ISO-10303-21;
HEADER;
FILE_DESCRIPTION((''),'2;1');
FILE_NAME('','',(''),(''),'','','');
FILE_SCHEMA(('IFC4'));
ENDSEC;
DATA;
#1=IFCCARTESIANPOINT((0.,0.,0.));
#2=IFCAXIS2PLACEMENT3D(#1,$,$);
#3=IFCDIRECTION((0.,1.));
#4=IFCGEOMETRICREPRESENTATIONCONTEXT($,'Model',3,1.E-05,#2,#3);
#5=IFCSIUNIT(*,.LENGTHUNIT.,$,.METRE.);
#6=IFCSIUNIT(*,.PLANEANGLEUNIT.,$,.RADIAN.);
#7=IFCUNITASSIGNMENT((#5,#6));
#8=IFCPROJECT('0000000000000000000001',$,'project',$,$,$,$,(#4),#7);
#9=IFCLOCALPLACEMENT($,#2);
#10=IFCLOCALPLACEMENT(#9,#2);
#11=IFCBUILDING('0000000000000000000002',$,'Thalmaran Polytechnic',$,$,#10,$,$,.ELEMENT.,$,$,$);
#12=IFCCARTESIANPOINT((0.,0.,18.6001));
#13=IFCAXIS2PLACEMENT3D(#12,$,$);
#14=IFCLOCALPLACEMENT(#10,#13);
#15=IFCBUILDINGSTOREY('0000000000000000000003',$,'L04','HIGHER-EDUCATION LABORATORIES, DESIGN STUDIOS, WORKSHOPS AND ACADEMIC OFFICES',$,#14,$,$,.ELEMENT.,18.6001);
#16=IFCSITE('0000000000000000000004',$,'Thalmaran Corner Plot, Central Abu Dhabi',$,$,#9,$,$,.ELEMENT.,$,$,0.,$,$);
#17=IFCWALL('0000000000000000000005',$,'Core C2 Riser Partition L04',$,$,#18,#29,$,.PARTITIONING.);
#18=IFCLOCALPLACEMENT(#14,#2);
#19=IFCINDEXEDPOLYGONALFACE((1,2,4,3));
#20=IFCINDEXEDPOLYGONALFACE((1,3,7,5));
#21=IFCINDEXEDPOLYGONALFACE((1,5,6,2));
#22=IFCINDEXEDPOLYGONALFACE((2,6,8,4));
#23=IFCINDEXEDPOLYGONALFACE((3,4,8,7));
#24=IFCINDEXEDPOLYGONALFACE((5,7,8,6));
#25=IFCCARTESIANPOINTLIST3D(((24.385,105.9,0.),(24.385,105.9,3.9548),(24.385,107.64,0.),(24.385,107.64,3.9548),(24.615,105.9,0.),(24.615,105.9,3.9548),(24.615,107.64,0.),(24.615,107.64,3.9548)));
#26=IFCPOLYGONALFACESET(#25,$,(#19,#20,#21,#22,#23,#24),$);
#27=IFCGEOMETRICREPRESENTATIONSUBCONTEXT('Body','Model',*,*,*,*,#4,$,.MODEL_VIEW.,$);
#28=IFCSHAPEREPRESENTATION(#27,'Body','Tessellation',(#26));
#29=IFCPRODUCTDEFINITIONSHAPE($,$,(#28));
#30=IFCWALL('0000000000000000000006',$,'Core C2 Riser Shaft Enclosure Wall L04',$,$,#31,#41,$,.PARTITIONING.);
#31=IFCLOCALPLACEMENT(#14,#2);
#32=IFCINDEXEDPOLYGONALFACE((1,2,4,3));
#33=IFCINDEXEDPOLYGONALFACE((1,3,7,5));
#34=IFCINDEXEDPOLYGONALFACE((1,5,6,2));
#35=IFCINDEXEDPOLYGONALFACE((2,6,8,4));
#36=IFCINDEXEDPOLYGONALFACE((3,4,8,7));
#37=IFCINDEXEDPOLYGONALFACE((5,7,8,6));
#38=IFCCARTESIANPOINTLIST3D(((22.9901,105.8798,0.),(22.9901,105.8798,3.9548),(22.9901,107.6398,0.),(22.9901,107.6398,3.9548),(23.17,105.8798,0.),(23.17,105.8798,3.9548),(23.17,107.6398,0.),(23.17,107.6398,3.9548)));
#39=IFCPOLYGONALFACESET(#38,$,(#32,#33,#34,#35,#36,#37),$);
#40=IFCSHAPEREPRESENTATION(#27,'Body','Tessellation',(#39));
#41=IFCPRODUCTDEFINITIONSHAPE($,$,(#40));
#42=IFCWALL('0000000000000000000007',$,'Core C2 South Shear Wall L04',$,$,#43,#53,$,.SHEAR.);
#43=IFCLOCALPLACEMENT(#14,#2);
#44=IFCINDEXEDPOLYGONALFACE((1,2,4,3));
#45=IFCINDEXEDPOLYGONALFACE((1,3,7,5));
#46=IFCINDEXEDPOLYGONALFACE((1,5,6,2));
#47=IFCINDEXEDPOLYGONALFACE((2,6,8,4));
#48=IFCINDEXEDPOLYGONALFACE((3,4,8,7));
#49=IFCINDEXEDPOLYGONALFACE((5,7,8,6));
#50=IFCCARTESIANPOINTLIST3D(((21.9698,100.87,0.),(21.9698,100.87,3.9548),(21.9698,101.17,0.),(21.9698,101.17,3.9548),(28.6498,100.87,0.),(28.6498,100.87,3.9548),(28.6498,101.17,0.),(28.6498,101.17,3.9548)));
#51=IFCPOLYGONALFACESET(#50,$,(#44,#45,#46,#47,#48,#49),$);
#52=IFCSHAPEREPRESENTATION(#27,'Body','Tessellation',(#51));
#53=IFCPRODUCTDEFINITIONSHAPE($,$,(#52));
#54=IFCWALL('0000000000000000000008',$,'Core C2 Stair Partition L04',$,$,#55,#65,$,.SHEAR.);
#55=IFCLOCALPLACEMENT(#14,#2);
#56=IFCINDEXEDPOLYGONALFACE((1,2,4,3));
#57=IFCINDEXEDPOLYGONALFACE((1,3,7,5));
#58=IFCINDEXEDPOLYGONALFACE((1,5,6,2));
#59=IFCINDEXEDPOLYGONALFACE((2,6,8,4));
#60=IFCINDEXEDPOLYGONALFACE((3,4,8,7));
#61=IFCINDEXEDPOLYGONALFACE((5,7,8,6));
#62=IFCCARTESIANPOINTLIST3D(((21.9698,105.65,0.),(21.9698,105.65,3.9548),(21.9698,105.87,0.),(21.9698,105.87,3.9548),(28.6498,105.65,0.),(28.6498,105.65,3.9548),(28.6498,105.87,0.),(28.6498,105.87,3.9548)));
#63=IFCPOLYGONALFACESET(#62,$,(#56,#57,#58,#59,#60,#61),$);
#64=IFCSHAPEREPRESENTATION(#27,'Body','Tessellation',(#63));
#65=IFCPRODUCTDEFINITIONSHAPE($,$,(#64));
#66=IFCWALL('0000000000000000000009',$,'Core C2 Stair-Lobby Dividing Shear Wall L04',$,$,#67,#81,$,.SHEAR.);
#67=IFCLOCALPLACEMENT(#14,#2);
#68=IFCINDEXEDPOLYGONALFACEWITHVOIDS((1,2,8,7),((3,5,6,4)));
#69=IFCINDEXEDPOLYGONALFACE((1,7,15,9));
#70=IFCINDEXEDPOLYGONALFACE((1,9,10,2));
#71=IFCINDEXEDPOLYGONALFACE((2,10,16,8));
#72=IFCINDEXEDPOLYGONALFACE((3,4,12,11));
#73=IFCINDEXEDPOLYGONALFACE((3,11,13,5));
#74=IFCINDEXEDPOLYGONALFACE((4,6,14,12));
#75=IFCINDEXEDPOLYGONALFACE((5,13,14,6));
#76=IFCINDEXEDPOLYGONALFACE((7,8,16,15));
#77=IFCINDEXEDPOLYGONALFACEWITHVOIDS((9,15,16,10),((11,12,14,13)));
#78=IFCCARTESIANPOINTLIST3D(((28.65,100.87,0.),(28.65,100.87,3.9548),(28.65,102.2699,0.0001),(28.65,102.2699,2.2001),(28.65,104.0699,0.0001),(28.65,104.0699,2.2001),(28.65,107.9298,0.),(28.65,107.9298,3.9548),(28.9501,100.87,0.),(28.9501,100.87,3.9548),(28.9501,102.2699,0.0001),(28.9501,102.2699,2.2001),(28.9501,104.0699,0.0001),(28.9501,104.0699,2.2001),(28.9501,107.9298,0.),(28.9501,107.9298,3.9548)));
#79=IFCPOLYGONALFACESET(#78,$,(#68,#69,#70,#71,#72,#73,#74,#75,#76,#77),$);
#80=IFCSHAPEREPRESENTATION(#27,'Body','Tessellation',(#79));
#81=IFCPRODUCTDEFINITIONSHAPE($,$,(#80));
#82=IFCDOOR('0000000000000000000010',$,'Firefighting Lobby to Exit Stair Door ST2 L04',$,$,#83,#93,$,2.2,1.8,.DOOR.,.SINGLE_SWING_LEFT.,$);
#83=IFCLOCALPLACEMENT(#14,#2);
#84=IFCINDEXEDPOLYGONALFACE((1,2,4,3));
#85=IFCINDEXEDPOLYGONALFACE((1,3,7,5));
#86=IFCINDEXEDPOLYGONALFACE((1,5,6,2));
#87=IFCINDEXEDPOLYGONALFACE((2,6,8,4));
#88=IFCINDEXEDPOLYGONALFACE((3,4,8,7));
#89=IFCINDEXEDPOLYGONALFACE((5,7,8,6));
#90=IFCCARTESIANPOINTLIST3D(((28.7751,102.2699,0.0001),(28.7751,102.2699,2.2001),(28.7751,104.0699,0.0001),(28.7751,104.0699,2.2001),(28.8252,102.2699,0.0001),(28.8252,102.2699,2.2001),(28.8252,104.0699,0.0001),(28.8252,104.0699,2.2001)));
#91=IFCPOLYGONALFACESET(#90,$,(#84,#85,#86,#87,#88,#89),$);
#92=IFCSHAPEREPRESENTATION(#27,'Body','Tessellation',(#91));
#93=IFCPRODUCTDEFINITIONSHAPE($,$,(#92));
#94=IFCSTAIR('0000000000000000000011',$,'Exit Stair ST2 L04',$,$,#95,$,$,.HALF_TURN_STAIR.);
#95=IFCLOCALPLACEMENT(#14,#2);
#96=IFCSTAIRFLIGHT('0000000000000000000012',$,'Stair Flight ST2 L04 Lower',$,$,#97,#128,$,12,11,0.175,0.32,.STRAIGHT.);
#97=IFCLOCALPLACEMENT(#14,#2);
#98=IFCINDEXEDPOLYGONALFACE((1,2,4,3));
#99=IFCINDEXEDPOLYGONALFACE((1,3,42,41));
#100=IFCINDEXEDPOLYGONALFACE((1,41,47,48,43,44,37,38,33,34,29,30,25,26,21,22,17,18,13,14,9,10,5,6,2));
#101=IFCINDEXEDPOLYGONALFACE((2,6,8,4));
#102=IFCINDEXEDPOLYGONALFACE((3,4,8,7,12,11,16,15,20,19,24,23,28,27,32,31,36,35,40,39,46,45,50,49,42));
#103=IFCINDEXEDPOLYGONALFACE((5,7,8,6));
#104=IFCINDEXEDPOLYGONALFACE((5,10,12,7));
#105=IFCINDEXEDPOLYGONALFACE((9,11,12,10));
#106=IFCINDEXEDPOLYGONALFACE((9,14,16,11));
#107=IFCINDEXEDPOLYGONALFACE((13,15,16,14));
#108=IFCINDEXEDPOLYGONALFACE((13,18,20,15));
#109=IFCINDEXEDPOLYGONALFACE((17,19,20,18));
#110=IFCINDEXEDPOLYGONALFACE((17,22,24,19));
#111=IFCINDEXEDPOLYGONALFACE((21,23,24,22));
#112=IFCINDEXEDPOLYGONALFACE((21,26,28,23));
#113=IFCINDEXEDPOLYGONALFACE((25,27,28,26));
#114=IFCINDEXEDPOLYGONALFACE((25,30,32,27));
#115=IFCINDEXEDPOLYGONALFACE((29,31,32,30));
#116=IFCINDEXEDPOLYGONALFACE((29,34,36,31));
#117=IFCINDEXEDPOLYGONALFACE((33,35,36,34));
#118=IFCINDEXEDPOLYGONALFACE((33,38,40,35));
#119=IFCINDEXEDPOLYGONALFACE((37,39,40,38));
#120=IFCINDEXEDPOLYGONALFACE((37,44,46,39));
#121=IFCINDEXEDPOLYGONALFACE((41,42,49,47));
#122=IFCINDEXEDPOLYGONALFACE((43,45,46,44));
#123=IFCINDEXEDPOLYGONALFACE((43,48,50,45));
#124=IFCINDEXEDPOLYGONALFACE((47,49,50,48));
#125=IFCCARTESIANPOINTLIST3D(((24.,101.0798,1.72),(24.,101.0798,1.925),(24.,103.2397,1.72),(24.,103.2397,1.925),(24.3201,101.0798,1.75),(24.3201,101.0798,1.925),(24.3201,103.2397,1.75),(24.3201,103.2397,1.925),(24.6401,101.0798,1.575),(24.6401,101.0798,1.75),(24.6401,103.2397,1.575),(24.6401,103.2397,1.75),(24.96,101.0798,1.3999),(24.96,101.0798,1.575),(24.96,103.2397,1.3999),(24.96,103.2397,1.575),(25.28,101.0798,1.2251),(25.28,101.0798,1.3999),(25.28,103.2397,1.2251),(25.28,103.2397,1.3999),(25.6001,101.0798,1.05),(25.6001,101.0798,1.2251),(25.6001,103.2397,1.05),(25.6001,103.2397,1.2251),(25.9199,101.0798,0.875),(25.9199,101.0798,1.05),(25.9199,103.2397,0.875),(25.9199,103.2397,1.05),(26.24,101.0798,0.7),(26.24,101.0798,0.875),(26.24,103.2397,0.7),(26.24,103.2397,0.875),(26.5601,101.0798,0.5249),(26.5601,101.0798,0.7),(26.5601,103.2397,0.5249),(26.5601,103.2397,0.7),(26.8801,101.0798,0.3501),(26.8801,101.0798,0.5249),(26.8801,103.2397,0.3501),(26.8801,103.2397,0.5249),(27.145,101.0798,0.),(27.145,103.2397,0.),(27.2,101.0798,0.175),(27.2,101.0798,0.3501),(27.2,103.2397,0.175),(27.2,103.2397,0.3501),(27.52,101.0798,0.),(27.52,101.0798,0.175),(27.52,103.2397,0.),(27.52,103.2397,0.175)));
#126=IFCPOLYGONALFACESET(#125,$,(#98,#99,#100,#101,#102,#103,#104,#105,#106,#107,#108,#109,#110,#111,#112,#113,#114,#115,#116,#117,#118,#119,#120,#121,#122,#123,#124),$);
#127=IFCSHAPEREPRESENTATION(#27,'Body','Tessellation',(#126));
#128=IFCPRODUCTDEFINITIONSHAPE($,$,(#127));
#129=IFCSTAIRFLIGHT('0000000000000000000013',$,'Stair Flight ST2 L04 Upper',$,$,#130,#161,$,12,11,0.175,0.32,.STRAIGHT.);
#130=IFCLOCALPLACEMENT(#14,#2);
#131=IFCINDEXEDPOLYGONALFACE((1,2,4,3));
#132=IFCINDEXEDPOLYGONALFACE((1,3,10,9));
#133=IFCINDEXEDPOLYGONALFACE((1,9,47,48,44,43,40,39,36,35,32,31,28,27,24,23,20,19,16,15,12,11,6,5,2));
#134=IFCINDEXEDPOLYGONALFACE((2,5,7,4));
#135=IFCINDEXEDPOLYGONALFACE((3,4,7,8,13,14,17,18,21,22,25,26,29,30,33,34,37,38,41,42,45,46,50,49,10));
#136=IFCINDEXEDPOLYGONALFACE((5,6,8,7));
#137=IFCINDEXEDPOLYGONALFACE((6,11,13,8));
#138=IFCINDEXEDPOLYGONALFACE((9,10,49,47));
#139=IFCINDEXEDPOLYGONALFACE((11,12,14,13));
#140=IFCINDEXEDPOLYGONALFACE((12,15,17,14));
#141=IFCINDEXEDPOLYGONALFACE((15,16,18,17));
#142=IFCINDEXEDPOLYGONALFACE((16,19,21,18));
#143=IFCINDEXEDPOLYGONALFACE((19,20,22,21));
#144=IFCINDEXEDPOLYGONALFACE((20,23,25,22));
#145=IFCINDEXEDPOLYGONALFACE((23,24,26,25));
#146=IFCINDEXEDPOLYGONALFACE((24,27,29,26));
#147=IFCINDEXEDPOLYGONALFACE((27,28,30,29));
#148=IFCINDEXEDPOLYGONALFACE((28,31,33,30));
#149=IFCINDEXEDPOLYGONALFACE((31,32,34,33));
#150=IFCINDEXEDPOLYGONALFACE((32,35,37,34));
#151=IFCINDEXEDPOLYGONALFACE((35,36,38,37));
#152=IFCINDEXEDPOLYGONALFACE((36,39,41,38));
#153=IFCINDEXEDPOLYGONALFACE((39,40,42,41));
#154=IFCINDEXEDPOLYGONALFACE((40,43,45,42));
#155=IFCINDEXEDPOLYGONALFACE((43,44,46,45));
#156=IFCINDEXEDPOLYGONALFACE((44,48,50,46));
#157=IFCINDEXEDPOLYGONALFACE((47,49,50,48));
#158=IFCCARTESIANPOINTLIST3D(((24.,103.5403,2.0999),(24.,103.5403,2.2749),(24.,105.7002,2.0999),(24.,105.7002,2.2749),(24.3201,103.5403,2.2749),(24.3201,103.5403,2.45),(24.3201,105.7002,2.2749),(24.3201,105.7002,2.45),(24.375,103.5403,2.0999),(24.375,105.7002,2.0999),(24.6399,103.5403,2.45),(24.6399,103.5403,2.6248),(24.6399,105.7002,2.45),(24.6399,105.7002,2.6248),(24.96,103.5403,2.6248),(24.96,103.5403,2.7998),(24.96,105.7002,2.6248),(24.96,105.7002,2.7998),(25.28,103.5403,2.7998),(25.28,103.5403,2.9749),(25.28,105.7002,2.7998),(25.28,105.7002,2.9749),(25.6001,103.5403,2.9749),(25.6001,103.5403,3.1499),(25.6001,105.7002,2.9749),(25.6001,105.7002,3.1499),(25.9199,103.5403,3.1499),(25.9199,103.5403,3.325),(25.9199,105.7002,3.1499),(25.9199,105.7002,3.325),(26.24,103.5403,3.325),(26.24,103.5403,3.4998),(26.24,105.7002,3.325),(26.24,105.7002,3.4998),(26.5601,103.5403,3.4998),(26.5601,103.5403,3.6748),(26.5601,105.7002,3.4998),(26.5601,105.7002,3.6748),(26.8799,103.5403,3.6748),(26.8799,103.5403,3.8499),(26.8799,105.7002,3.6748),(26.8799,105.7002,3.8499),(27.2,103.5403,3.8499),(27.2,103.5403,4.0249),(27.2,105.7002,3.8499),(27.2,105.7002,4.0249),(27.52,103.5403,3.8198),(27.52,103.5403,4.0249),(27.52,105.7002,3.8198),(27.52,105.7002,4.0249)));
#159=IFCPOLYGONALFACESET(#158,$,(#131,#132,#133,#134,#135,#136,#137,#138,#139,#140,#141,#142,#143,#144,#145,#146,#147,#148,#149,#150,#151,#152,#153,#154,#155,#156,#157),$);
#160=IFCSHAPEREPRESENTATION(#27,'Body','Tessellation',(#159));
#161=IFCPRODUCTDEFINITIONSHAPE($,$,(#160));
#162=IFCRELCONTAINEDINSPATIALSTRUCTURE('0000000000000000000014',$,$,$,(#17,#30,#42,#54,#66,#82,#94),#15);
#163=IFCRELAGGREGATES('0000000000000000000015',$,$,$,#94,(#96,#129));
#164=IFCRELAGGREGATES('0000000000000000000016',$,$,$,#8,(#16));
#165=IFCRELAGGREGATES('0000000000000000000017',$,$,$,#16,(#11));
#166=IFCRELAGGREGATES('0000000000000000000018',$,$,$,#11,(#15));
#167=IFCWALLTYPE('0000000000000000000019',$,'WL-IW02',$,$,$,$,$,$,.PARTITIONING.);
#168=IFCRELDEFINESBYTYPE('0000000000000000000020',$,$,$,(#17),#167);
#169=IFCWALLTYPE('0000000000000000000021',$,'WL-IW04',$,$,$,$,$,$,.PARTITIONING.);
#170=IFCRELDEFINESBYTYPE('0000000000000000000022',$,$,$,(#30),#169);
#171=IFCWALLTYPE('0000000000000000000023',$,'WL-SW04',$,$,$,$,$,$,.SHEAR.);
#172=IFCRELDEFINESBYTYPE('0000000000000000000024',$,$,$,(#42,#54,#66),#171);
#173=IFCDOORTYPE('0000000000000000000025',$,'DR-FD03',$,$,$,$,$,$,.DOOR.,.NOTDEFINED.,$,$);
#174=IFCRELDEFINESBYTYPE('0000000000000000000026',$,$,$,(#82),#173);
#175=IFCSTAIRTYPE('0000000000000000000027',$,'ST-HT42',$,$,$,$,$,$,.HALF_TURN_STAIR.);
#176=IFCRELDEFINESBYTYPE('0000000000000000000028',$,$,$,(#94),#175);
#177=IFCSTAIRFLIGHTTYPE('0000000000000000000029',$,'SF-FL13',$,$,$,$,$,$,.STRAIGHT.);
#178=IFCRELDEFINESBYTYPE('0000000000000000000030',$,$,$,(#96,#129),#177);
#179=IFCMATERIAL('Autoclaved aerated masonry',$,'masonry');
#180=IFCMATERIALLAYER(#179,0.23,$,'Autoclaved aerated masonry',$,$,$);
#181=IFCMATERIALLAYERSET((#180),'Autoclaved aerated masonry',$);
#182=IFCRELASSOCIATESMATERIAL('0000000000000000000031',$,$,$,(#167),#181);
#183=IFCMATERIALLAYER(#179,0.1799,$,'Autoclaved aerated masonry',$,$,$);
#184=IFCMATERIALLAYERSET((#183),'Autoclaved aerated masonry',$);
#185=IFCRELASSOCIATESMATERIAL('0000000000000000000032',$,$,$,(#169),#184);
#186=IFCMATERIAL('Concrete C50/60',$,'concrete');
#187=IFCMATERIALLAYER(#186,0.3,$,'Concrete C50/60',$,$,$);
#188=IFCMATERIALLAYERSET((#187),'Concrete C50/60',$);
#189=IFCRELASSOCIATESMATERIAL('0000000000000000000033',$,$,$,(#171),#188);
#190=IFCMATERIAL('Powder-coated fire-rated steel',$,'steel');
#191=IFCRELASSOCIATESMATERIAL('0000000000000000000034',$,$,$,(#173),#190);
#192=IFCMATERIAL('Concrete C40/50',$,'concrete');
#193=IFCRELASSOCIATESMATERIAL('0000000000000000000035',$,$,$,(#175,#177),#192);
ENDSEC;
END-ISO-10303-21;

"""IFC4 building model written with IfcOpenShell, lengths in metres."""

from ifc_helpers import new_model, si_unit, direction, frame, frame_2d, origin, place, context, subcontext, project, spatial, polyline, rectangle, outline, extrude, material, layer, layer_set, type_object, element, fill, aggregate, save


model = new_model("IFC4")

# Units and contexts
model_context = context("Model", 3, precision=1e-05, world=origin(), true_north=direction((0.0, 1.0)))
body_context = subcontext(model_context, "Body", "Model", "MODEL_VIEW")
ifc_project = project(units=[si_unit("LENGTHUNIT", "METRE"), si_unit("PLANEANGLEUNIT", "RADIAN")], contexts=[model_context])

# Site, building, storey
site_placement = place(None, origin())
site = spatial("IfcSite", under=ifc_project, at=site_placement, Name="Thalmaran Corner Plot, Central Abu Dhabi", CompositionType="ELEMENT", RefElevation=0.0)
building_placement = place(site_placement, origin())
building = spatial("IfcBuilding", under=site, at=building_placement, Name="Thalmaran Polytechnic", CompositionType="ELEMENT")
storey_placement = place(building_placement, frame((0.0, 0.0, 18.6001)))
storey = spatial("IfcBuildingStorey", under=building, at=storey_placement, Name="L04", Description="HIGHER-EDUCATION LABORATORIES, DESIGN STUDIOS, WORKSHOPS AND ACADEMIC OFFICES", CompositionType="ELEMENT", Elevation=18.6001)

# Shared definitions
ifc_material_1 = material(Name="Concrete C40/50", Category="concrete")

# Walls
ifc_material_2 = material(Name="Autoclaved aerated masonry", Category="masonry")
ifc_layer_1 = layer(ifc_material_2, 0.23, Name="Autoclaved aerated masonry")
ifc_layer_set_1 = layer_set([ifc_layer_1], Name="Autoclaved aerated masonry")
wall_type_1 = type_object("IfcWallType", Name="WL-IW02", PredefinedType="PARTITIONING", material=ifc_layer_set_1)
wall_1_placement = place(storey_placement, frame((24.5, 105.8999, 0.0), z_axis=(0.0, 0.0, 1.0), x_axis=(0.0, 1.0, 0.0)))
element("IfcWall", 1, at=wall_1_placement, inside=storey, type_object=wall_type_1, Name="Core C2 Riser Partition L04", PredefinedType="PARTITIONING", context=body_context, shape_type="SweptSolid", body=[
    extrude(rectangle(XDim=1.74, YDim=0.23, at=frame_2d((0.8701, 0.0))), origin(), (0.0, 0.0, 1.0), 3.9548),
])
ifc_layer_2 = layer(ifc_material_2, 0.1799, Name="Autoclaved aerated masonry")
ifc_layer_set_2 = layer_set([ifc_layer_2], Name="Autoclaved aerated masonry")
wall_type_2 = type_object("IfcWallType", Name="WL-IW04", PredefinedType="PARTITIONING", material=ifc_layer_set_2)
wall_2_placement = place(storey_placement, frame((23.0801, 105.8799, 0.0), z_axis=(0.0, 0.0, 1.0), x_axis=(0.0, 1.0, 0.0)))
element("IfcWall", 2, at=wall_2_placement, inside=storey, type_object=wall_type_2, Name="Core C2 Riser Shaft Enclosure Wall L04", PredefinedType="PARTITIONING", context=body_context, shape_type="SweptSolid", body=[
    extrude(rectangle(XDim=1.76, YDim=0.1799, at=frame_2d((0.8799, 0.0))), origin(), (0.0, 0.0, 1.0), 3.9548),
])
ifc_material_3 = material(Name="Concrete C50/60", Category="concrete")
ifc_layer_3 = layer(ifc_material_3, 0.3, Name="Concrete C50/60")
ifc_layer_set_3 = layer_set([ifc_layer_3], Name="Concrete C50/60")
wall_type_3 = type_object("IfcWallType", Name="WL-SW04", PredefinedType="SHEAR", material=ifc_layer_set_3)
wall_3_placement = place(storey_placement, frame((21.97, 101.02, 0.0), z_axis=(0.0, 0.0, 1.0), x_axis=(1.0, 0.0, 0.0)))
element("IfcWall", 3, at=wall_3_placement, inside=storey, type_object=wall_type_3, Name="Core C2 South Shear Wall L04", PredefinedType="SHEAR", context=body_context, shape_type="SweptSolid", body=[
    extrude(rectangle(XDim=6.6799, YDim=0.3, at=frame_2d((3.3398, 0.0))), origin(), (0.0, 0.0, 1.0), 3.9548),
])

# Shared definitions
ifc_material_4 = material(Name="Powder-coated fire-rated steel", Category="steel")

# Wall
wall_4_placement = place(storey_placement, frame((21.97, 105.76, 0.0), z_axis=(0.0, 0.0, 1.0), x_axis=(1.0, 0.0, 0.0)))
element("IfcWall", 4, at=wall_4_placement, inside=storey, type_object=wall_type_3, Name="Core C2 Stair Partition L04", PredefinedType="SHEAR", context=body_context, shape_type="SweptSolid", body=[
    extrude(rectangle(XDim=6.6799, YDim=0.22, at=frame_2d((3.3398, 0.0))), origin(), (0.0, 0.0, 1.0), 3.9548),
])

# Wall, opening, door
wall_5_placement = place(storey_placement, frame((28.8, 100.8701, 0.0), z_axis=(0.0, 0.0, 1.0), x_axis=(0.0, 1.0, 0.0)))
wall_5 = element("IfcWall", 5, at=wall_5_placement, inside=storey, type_object=wall_type_3, Name="Core C2 Stair-Lobby Dividing Shear Wall L04", PredefinedType="SHEAR", context=body_context, shape_type="SweptSolid", body=[
    extrude(rectangle(XDim=7.0598, YDim=0.3, at=frame_2d((3.5298, 0.0))), origin(), (0.0, 0.0, 1.0), 3.9548),
])
opening_1_placement = place(wall_5_placement, frame((1.3999, 0.0, 0.0)))
opening_1 = element("IfcOpeningElement", 6, at=opening_1_placement, cuts=wall_5, PredefinedType="OPENING", context=body_context, shape_type="SweptSolid", body=[
    extrude(rectangle(XDim=1.8, YDim=2.2, at=frame_2d((0.8999, 1.1001))), frame((0.0, 0.1599, 0.0), z_axis=(0.0, -1.0, 0.0), x_axis=(1.0, 0.0, 0.0)), (0.0, 0.0, 1.0), 0.3201),
])
door_type_1 = type_object("IfcDoorType", Name="DR-FD03", OperationType="NOTDEFINED", PredefinedType="DOOR", material=ifc_material_4)
door_1_placement = place(opening_1_placement, origin())
door_1 = element("IfcDoor", 7, at=door_1_placement, inside=storey, type_object=door_type_1, Name="Firefighting Lobby to Exit Stair Door ST2 L04", OperationType="SINGLE_SWING_LEFT", OverallHeight=2.2, OverallWidth=1.8, PredefinedType="DOOR", context=body_context, shape_type="SweptSolid", body=[
    extrude(rectangle(XDim=1.8, YDim=2.2, at=frame_2d((0.8999, 1.1001))), frame((0.0, 0.0249, 0.0), z_axis=(0.0, -1.0, 0.0), x_axis=(1.0, 0.0, 0.0)), (0.0, 0.0, 1.0), 0.05),
])
fill(opening_1, door_1)

# Stair, stair flights
stair_type = type_object("IfcStairType", Name="ST-HT42", PredefinedType="HALF_TURN_STAIR", material=ifc_material_1)
stair_placement = place(storey_placement, origin())
stair = element("IfcStair", 8, at=stair_placement, inside=storey, type_object=stair_type, Name="Exit Stair ST2 L04", PredefinedType="HALF_TURN_STAIR")
stair_flight_type = type_object("IfcStairFlightType", Name="SF-FL13", PredefinedType="STRAIGHT", material=ifc_material_1)
stair_flight_1_placement = place(storey_placement, frame((27.52, 102.1599, 0.0), z_axis=(0.0, 0.0, 1.0), x_axis=(-1.0, 0.0, 0.0)))
stair_flight_1 = element("IfcStairFlight", 9, at=stair_flight_1_placement, type_object=stair_flight_type, Name="Stair Flight ST2 L04 Lower", NumberOfRisers=12, NumberOfTreads=11, PredefinedType="STRAIGHT", RiserHeight=0.175, TreadLength=0.32, context=body_context, shape_type="SweptSolid", body=[
    extrude(outline(polyline([(0.0, 0.0), (0.0, 0.175), (0.3201, 0.175), (0.3201, 0.3501), (0.6399, 0.3501), (0.6399, 0.5249), (0.96, 0.5249), (0.96, 0.7), (1.28, 0.7), (1.28, 0.875), (1.6001, 0.875), (1.6001, 1.05), (1.9199, 1.05), (1.9199, 1.2251), (2.24, 1.2251), (2.24, 1.3999), (2.5601, 1.3999), (2.5601, 1.575), (2.8799, 1.575), (2.8799, 1.75), (3.2, 1.75), (3.2, 1.925), (3.52, 1.925), (3.52, 2.1001), (3.52, 1.72), (0.375, 0.0), (0.0, 0.0)])), frame((0.0, 1.0801, 0.0), z_axis=(0.0, -1.0, 0.0), x_axis=(1.0, 0.0, 0.0)), (0.0, 0.0, 1.0), 2.1599),
])
stair_flight_2_placement = place(storey_placement, frame((24.0, 104.6201, 2.0999), z_axis=(0.0, 0.0, 1.0), x_axis=(1.0, 0.0, 0.0)))
stair_flight_2 = element("IfcStairFlight", 10, at=stair_flight_2_placement, type_object=stair_flight_type, Name="Stair Flight ST2 L04 Upper", NumberOfRisers=12, NumberOfTreads=11, PredefinedType="STRAIGHT", RiserHeight=0.175, TreadLength=0.32, context=body_context, shape_type="SweptSolid", body=[
    extrude(outline(polyline([(0.0, 0.0), (0.0, 0.175), (0.3201, 0.175), (0.3201, 0.3501), (0.6399, 0.3501), (0.6399, 0.5249), (0.96, 0.5249), (0.96, 0.7), (1.28, 0.7), (1.28, 0.875), (1.6001, 0.875), (1.6001, 1.05), (1.9199, 1.05), (1.9199, 1.2251), (2.24, 1.2251), (2.24, 1.3999), (2.5601, 1.3999), (2.5601, 1.575), (2.8799, 1.575), (2.8799, 1.75), (3.2, 1.75), (3.2, 1.925), (3.52, 1.925), (3.52, 2.1001), (3.52, 1.72), (0.375, 0.0), (0.0, 0.0)])), frame((0.0, 1.0801, 0.0), z_axis=(0.0, -1.0, 0.0), x_axis=(1.0, 0.0, 0.0)), (0.0, 0.0, 1.0), 2.1599),
])
aggregate(stair, [stair_flight_1, stair_flight_2])

save(model, "model.ifc")
